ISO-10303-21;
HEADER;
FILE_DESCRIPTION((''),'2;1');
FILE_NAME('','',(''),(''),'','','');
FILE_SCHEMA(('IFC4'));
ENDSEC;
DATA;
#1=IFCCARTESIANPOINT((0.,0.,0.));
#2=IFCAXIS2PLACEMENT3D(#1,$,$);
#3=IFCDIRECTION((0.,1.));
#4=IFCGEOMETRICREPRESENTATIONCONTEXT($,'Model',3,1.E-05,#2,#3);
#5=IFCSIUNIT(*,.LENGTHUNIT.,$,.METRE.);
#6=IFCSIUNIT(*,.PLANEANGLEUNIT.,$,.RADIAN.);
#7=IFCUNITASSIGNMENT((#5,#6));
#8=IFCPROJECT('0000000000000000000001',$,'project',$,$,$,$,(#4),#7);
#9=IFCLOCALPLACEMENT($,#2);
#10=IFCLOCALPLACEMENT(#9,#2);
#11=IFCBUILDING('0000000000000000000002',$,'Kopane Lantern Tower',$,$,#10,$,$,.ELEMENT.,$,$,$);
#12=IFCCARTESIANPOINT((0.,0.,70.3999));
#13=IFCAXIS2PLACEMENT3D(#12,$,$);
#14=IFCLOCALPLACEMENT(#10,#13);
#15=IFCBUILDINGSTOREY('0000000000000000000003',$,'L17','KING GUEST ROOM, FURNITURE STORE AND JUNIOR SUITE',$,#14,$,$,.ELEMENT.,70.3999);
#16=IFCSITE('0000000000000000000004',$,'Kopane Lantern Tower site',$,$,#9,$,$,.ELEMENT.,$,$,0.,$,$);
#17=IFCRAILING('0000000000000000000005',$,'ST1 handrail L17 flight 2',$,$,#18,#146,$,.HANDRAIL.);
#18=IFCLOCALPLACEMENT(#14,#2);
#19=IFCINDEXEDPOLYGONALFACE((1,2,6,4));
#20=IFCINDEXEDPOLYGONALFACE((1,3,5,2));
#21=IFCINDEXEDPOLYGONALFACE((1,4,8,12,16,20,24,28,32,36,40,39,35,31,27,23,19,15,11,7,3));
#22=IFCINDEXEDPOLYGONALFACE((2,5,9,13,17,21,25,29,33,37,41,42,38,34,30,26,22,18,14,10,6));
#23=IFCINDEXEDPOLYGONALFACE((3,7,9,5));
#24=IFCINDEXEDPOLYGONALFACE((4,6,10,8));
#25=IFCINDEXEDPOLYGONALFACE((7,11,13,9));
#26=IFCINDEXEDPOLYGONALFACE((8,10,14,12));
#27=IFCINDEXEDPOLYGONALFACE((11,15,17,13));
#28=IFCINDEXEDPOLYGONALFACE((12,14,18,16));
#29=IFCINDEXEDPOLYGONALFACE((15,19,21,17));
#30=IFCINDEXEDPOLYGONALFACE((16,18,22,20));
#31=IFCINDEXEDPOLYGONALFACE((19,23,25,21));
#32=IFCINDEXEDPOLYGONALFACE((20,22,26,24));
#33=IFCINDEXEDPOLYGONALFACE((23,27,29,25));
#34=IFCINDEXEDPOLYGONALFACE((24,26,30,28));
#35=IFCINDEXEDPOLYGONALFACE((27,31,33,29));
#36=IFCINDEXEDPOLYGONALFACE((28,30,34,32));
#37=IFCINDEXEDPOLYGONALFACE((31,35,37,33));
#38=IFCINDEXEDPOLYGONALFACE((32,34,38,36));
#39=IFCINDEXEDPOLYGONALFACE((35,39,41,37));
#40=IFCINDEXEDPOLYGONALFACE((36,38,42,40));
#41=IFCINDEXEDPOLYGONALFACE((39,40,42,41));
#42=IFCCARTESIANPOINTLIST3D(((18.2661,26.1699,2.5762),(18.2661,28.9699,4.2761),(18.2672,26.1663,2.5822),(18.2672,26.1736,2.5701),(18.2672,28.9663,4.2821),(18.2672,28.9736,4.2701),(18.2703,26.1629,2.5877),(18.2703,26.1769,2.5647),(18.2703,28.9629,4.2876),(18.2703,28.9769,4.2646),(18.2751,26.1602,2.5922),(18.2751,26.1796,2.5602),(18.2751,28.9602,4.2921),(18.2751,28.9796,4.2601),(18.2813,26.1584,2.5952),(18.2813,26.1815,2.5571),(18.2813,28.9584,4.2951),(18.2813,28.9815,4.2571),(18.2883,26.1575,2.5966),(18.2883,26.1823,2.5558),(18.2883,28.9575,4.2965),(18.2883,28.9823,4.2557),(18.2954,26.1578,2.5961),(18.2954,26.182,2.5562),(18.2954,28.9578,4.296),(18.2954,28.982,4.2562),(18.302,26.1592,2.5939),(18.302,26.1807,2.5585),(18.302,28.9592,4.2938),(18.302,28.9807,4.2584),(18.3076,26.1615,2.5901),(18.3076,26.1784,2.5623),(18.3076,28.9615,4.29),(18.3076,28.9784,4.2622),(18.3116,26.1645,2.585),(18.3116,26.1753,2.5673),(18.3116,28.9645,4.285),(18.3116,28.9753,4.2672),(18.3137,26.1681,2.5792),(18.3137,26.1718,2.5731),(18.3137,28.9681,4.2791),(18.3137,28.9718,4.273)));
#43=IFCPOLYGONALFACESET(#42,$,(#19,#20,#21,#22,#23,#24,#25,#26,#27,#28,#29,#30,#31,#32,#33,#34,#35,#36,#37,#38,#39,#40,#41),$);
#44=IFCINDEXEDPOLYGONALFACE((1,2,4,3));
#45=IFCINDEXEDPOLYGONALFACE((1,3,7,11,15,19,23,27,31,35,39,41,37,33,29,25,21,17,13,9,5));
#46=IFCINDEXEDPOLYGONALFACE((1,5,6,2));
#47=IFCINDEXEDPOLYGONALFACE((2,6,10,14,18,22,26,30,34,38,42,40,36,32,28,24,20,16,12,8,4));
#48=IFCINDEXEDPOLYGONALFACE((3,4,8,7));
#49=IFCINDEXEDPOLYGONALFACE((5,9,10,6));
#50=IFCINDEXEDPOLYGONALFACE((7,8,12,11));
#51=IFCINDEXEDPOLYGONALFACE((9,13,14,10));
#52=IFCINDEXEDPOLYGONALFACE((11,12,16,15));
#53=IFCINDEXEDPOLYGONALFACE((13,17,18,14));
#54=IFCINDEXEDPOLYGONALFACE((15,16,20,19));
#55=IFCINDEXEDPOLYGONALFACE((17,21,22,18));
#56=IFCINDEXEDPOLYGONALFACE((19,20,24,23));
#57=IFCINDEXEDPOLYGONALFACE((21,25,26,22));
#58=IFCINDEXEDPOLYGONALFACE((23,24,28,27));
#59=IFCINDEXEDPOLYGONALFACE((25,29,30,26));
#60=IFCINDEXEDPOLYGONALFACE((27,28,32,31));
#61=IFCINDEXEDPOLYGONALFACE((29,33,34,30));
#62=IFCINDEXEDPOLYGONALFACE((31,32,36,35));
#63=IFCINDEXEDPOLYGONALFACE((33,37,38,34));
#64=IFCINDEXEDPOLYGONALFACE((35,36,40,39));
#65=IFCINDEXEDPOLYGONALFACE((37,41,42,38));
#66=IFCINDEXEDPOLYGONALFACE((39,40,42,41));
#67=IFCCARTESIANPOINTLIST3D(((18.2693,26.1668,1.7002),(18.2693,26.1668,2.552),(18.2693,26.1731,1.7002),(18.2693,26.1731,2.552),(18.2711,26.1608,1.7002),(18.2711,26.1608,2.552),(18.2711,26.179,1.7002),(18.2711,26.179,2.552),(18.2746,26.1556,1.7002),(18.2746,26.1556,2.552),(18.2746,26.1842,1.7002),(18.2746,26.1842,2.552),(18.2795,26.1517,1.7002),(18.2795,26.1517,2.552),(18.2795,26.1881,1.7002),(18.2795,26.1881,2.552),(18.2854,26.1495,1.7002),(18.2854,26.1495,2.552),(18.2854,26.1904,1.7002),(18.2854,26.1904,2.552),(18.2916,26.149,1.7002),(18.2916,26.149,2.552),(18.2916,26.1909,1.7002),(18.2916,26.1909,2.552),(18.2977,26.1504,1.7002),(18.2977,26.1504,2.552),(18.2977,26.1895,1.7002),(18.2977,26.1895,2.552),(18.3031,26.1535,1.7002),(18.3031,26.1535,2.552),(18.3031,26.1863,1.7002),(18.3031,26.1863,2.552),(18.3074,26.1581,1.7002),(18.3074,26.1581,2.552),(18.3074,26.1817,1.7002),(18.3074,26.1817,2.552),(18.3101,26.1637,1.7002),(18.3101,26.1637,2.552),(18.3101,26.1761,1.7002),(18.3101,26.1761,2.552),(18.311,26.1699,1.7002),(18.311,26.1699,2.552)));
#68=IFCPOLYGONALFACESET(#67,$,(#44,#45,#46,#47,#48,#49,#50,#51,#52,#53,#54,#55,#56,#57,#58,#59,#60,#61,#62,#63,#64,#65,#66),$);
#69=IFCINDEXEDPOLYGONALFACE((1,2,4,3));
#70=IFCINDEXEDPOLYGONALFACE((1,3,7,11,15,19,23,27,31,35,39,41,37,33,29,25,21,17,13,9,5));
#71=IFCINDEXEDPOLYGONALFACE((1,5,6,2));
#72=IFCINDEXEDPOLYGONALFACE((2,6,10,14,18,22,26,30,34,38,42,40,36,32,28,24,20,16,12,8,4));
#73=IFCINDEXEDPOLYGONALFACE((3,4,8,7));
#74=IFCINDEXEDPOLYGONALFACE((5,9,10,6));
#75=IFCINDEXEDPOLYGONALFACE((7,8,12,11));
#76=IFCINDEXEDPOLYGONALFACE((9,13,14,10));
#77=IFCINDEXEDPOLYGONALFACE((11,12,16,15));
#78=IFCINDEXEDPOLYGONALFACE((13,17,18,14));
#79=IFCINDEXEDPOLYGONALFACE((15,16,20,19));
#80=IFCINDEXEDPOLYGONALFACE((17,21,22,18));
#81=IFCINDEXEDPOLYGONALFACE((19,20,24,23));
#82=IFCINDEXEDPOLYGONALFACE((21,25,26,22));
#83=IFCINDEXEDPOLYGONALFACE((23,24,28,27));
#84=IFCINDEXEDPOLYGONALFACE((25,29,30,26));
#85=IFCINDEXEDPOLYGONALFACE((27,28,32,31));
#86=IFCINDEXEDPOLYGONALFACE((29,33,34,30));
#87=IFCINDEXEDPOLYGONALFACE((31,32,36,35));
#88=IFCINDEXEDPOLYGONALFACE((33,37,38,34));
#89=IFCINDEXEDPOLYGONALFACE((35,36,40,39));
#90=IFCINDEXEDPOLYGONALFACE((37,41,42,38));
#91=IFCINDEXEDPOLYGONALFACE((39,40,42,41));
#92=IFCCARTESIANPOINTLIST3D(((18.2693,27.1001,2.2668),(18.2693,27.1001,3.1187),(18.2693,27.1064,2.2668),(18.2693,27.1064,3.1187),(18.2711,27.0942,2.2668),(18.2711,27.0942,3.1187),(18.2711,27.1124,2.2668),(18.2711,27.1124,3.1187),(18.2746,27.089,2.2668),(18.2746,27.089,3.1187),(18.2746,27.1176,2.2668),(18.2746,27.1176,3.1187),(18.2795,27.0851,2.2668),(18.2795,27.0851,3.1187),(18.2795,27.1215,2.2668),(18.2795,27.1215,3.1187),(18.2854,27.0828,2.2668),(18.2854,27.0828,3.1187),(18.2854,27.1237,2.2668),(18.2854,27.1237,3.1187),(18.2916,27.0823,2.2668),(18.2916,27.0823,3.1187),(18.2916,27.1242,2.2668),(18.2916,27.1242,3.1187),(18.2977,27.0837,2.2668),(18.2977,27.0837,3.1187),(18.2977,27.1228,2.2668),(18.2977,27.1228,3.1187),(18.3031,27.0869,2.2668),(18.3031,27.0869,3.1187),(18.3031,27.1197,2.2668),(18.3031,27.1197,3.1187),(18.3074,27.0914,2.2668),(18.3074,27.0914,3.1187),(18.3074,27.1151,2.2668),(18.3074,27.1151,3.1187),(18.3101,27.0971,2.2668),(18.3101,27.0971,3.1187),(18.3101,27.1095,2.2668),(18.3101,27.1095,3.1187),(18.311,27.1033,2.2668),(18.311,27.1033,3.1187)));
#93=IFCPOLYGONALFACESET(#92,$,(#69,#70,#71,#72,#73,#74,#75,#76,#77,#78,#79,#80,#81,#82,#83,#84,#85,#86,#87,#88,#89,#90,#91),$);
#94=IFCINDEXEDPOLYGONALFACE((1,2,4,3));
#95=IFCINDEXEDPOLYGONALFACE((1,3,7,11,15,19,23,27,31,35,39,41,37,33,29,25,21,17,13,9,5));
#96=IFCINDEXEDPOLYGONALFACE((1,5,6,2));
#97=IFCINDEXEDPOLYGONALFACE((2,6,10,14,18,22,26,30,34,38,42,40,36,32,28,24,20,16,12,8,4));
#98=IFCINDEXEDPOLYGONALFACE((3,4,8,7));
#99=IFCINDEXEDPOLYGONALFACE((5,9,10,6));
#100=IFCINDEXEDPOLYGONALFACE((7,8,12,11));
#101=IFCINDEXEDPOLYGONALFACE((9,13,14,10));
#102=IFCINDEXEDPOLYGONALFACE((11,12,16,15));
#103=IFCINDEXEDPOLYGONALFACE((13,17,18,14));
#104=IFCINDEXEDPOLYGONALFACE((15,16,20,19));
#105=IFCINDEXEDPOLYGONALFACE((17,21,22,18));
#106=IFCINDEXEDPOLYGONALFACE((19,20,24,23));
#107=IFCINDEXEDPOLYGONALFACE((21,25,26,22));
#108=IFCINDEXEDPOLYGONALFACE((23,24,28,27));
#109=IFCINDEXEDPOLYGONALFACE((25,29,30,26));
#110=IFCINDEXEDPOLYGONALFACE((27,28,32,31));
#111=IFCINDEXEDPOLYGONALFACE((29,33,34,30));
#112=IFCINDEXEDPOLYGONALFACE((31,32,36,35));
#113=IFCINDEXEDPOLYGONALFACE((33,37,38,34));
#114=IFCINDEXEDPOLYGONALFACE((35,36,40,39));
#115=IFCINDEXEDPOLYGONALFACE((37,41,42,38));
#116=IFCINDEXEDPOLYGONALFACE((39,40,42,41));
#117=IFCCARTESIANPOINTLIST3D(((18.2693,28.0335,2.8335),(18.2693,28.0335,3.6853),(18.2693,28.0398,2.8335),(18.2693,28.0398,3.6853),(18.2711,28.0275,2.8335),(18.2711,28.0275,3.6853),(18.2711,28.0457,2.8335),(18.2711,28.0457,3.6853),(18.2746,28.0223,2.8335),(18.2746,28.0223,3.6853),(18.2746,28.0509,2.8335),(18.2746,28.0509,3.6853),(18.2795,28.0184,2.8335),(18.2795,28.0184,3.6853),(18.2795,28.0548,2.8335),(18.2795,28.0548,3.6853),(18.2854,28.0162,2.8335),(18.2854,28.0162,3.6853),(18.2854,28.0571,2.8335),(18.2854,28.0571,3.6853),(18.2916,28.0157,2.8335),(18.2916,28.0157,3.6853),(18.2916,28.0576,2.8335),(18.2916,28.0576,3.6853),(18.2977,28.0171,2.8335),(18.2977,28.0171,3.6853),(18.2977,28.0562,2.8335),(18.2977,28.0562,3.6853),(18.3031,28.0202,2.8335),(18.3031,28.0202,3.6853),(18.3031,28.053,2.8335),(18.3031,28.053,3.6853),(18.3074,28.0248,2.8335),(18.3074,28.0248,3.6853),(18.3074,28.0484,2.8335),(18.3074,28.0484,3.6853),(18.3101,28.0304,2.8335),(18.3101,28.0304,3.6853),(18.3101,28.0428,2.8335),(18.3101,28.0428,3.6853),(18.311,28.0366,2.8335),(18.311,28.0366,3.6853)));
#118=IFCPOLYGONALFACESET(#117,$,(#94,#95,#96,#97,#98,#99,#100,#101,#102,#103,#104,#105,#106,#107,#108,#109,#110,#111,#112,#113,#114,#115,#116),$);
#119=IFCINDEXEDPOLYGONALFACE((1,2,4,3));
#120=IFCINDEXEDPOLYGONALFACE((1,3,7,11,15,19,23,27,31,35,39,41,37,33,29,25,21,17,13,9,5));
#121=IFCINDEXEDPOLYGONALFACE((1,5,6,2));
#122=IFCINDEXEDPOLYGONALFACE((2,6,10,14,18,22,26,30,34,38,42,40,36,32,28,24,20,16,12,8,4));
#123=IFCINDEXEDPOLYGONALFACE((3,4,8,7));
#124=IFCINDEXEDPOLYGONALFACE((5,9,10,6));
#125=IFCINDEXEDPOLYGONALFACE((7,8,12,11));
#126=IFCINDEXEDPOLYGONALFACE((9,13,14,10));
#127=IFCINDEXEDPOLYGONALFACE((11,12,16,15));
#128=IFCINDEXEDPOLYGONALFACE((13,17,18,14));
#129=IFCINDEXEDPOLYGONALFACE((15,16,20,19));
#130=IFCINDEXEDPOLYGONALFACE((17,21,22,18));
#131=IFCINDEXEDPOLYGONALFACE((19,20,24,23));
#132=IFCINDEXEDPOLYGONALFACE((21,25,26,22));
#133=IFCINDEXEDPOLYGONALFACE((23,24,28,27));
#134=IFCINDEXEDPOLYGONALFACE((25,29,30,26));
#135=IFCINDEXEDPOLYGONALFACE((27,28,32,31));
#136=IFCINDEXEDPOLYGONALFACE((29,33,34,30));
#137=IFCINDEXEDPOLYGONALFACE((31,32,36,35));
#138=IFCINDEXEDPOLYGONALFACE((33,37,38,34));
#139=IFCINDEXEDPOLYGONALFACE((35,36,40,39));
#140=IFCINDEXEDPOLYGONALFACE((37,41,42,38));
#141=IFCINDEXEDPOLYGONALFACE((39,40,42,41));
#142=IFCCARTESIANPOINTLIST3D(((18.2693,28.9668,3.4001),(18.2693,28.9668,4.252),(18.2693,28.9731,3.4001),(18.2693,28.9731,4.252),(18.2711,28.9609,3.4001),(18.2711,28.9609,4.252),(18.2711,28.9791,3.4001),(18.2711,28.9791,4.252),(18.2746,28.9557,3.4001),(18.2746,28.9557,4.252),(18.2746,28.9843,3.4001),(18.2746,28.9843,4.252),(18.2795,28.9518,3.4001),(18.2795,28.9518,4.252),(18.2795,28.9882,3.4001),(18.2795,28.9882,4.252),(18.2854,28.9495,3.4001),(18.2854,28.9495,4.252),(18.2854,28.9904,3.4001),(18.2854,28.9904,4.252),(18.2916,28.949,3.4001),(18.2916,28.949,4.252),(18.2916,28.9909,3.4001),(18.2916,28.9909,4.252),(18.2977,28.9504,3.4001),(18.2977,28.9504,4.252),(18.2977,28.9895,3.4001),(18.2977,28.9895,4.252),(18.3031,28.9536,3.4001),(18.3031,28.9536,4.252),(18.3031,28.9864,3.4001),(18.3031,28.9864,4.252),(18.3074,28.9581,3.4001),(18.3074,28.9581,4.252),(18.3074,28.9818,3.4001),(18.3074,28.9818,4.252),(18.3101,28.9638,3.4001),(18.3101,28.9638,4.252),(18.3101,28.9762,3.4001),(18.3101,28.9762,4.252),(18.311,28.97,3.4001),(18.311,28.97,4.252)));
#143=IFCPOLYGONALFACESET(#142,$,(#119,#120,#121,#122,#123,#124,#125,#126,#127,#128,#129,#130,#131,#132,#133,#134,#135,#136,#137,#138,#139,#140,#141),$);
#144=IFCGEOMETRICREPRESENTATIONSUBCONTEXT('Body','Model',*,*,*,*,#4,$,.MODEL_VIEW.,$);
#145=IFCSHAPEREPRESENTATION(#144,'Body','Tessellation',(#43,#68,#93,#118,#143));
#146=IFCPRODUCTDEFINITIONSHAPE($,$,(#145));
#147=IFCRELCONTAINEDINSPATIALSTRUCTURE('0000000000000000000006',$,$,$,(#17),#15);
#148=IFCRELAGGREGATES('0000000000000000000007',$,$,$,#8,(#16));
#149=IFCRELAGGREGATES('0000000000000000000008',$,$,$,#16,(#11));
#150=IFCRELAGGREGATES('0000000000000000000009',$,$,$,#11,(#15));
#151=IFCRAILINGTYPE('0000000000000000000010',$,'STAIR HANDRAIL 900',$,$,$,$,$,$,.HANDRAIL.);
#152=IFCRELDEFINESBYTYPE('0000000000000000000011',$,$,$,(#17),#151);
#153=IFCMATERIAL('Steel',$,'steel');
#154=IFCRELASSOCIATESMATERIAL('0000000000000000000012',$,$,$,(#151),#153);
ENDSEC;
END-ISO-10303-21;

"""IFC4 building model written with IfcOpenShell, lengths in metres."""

from ifc_helpers import new_model, si_unit, direction, frame, origin, origin_2d, place, context, subcontext, project, spatial, circle, extrude, material, type_object, element, save


model = new_model("IFC4")

# Units and contexts
model_context = context("Model", 3, precision=1e-05, world=origin(), true_north=direction((0.0, 1.0)))
body_context = subcontext(model_context, "Body", "Model", "MODEL_VIEW")
ifc_project = project(units=[si_unit("LENGTHUNIT", "METRE"), si_unit("PLANEANGLEUNIT", "RADIAN")], contexts=[model_context])

# Site, building, storey
site_placement = place(None, origin())
site = spatial("IfcSite", under=ifc_project, at=site_placement, Name="Kopane Lantern Tower site", CompositionType="ELEMENT", RefElevation=0.0)
building_placement = place(site_placement, origin())
building = spatial("IfcBuilding", under=site, at=building_placement, Name="Kopane Lantern Tower", CompositionType="ELEMENT")
storey_placement = place(building_placement, frame((0.0, 0.0, 70.3999)))
storey = spatial("IfcBuildingStorey", under=building, at=storey_placement, Name="L17", Description="KING GUEST ROOM, FURNITURE STORE AND JUNIOR SUITE", CompositionType="ELEMENT", Elevation=70.3999)

# Railing
ifc_material_1 = material(Name="Steel", Category="steel")
railing_type_1 = type_object("IfcRailingType", Name="STAIR HANDRAIL 900", PredefinedType="HANDRAIL", material=ifc_material_1)
for number, where, name in (
    (1, (18.29, 26.1699, 1.7002), "ST1 handrail L17 flight 2"),
):
    element("IfcRailing", number, at=place(storey_placement, frame(where)), inside=storey, type_object=railing_type_1, Name=name, PredefinedType="HANDRAIL", context=body_context, shape_type="SweptSolid", body=[
        extrude(circle(Radius=0.0239, at=origin_2d()), frame((0.0, 0.0, 0.876), z_axis=(0.0, 0.854798, 0.518961), x_axis=(-1.0, 0.0, 0.0)), (0.0, 0.0, 1.0), 3.2756),
        extrude(circle(Radius=0.021, at=origin_2d()), origin(), (0.0, 0.0, 1.0), 0.8518),
        extrude(circle(Radius=0.021, at=origin_2d()), frame((0.0, 0.9333, 0.5667)), (0.0, 0.0, 1.0), 0.8518),
        extrude(circle(Radius=0.021, at=origin_2d()), frame((0.0, 1.8667, 1.1333)), (0.0, 0.0, 1.0), 0.8518),
        extrude(circle(Radius=0.021, at=origin_2d()), frame((0.0, 2.8, 1.7)), (0.0, 0.0, 1.0), 0.8518),
    ])

save(model, "model.ifc")
